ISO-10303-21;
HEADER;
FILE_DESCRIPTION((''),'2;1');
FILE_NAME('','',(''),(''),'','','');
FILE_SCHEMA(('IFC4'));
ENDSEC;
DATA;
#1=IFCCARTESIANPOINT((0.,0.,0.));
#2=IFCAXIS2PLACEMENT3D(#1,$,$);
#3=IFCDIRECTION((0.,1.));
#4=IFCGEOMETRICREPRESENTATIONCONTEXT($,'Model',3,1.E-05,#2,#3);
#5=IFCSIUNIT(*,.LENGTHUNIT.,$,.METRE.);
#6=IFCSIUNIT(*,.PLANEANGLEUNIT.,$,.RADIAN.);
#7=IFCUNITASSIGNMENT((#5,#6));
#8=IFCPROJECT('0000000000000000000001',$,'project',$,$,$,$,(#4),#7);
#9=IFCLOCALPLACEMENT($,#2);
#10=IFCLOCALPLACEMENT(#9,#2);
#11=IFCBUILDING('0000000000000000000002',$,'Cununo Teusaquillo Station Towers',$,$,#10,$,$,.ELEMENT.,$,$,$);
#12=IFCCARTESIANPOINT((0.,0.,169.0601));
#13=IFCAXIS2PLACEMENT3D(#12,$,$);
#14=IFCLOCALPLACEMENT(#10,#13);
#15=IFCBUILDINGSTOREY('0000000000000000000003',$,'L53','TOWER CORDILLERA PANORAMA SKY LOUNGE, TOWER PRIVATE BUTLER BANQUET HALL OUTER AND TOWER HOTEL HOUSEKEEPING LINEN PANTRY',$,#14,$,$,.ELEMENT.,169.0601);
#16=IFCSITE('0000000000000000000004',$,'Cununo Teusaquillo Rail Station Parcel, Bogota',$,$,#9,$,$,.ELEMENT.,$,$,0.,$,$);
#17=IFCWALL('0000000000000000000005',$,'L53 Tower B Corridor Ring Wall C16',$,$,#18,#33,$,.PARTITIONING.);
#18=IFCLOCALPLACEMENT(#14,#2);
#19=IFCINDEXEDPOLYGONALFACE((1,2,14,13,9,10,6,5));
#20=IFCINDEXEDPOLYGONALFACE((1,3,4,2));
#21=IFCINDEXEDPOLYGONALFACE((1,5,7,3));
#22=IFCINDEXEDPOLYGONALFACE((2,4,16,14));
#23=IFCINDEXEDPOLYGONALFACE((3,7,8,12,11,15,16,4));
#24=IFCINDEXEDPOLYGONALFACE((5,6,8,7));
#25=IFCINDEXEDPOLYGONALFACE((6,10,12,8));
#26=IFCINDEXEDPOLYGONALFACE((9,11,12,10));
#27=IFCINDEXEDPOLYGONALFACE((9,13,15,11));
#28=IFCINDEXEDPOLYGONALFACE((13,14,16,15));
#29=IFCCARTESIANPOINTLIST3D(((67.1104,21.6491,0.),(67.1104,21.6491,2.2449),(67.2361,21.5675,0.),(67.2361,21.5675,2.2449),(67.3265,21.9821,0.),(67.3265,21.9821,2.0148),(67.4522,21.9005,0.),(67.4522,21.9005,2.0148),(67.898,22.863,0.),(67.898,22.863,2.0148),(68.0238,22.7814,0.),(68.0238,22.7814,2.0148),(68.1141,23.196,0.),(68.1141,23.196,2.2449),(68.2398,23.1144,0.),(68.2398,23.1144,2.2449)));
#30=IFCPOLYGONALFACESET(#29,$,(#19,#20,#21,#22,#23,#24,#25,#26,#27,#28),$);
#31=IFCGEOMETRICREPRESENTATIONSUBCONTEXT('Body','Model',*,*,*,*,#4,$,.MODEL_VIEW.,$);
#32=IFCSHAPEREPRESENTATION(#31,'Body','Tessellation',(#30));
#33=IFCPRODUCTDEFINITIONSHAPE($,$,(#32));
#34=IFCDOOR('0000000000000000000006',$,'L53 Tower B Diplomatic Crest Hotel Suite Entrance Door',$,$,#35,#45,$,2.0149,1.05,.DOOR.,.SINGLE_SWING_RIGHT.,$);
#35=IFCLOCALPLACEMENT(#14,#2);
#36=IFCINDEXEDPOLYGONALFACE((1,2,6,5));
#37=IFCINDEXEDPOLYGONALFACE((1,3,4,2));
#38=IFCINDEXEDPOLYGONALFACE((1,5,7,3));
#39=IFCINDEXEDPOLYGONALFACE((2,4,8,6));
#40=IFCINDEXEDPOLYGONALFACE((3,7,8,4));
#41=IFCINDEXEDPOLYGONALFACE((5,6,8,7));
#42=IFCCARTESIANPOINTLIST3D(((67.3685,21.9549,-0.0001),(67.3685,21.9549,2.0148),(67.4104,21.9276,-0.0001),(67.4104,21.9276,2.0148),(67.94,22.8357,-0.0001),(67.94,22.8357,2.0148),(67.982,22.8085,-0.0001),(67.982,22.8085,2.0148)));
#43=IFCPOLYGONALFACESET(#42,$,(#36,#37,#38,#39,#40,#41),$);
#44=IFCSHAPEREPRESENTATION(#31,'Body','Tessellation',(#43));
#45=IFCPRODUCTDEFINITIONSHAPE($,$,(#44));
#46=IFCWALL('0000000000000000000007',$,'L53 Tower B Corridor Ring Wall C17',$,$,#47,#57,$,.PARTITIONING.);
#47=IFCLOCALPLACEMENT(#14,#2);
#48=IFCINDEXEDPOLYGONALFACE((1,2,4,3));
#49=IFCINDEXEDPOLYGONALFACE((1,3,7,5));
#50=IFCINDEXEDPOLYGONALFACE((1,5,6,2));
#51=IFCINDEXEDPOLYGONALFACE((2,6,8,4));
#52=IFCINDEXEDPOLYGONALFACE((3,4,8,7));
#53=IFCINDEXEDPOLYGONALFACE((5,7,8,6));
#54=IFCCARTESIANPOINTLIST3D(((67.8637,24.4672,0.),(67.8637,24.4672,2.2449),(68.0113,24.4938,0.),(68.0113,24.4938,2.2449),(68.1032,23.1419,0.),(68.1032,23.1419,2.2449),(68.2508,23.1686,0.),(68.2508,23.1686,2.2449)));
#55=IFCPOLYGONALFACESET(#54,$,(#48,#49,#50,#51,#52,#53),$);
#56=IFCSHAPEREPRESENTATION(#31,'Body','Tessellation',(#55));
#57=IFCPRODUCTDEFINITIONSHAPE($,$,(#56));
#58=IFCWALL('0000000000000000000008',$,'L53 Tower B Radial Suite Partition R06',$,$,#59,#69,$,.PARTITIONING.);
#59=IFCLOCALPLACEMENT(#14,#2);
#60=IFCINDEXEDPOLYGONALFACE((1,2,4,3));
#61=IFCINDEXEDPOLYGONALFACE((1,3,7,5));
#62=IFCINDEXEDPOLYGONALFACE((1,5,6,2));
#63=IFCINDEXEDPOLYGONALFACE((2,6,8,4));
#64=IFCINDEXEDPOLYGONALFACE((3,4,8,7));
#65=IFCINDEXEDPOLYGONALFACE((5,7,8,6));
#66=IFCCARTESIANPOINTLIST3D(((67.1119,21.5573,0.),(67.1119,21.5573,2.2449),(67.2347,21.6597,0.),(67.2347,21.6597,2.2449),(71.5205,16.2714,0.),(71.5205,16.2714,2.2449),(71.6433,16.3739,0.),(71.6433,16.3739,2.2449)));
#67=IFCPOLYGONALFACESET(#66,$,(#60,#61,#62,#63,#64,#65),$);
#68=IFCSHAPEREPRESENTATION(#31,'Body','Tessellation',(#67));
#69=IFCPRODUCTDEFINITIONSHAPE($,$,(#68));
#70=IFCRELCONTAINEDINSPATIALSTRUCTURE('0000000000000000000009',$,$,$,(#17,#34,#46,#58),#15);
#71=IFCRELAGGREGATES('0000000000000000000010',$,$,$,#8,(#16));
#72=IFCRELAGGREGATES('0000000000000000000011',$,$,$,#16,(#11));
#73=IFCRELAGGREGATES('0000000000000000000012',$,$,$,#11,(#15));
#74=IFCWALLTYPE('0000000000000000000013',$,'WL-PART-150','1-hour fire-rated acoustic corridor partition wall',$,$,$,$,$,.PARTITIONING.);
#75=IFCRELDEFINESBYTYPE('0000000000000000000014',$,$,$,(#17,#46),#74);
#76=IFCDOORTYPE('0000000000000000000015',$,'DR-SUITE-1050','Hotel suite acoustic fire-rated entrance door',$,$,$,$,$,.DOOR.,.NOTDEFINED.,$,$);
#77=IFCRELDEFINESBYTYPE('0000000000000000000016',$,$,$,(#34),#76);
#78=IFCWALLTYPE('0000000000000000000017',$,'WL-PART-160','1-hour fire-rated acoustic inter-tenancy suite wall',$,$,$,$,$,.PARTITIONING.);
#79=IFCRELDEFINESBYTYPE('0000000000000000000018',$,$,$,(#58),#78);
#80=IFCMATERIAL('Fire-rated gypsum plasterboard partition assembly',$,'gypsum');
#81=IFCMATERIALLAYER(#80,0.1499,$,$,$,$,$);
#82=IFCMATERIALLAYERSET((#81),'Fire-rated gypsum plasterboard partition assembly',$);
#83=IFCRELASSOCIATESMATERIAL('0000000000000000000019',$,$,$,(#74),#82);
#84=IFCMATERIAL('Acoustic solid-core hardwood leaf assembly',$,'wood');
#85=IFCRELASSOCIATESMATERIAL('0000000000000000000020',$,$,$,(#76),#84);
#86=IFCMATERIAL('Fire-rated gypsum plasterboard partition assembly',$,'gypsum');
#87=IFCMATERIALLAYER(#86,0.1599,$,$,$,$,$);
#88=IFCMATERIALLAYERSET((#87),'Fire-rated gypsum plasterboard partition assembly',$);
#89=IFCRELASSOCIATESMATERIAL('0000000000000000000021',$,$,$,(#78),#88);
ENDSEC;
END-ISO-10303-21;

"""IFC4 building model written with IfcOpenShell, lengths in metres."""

from ifc_helpers import new_model, si_unit, direction, frame, frame_2d, origin, place, context, subcontext, project, spatial, rectangle, extrude, source, transform, mapped, material, layer, layer_set, type_object, element, fill, save


model = new_model("IFC4")

# Units and contexts
model_context = context("Model", 3, precision=1e-05, world=origin(), true_north=direction((0.0, 1.0)))
body_context = subcontext(model_context, "Body", "Model", "MODEL_VIEW")
ifc_project = project(units=[si_unit("LENGTHUNIT", "METRE"), si_unit("PLANEANGLEUNIT", "RADIAN")], contexts=[model_context])

# Site, building, storey
site_placement = place(None, origin())
site = spatial("IfcSite", under=ifc_project, at=site_placement, Name="Cununo Teusaquillo Rail Station Parcel, Bogota", CompositionType="ELEMENT", RefElevation=0.0)
building_placement = place(site_placement, origin())
building = spatial("IfcBuilding", under=site, at=building_placement, Name="Cununo Teusaquillo Station Towers", CompositionType="ELEMENT")
storey_placement = place(building_placement, frame((0.0, 0.0, 169.0601)))
storey = spatial("IfcBuildingStorey", under=building, at=storey_placement, Name="L53", Description="TOWER CORDILLERA PANORAMA SKY LOUNGE, TOWER PRIVATE BUTLER BANQUET HALL OUTER AND TOWER HOTEL HOUSEKEEPING LINEN PANTRY", CompositionType="ELEMENT", Elevation=169.0601)

# Wall, opening, door
ifc_material_1 = material(Name="Fire-rated gypsum plasterboard partition assembly", Category="gypsum")
ifc_layer_1 = layer(ifc_material_1, 0.1499)
ifc_layer_set_1 = layer_set([ifc_layer_1], Name="Fire-rated gypsum plasterboard partition assembly")
wall_type_1 = type_object("IfcWallType", Name="WL-PART-150", Description="1-hour fire-rated acoustic corridor partition wall", PredefinedType="PARTITIONING", material=ifc_layer_set_1)
wall_1_placement = place(storey_placement, frame((67.1733, 21.6084, 0.0), z_axis=(0.0, 0.0, 1.0), x_axis=(0.544299, 0.838891, 0.0)))
wall_1 = element("IfcWall", 1, at=wall_1_placement, inside=storey, type_object=wall_type_1, Name="L53 Tower B Corridor Ring Wall C16", PredefinedType="PARTITIONING", context=body_context, shape_type="SweptSolid", body=[
    extrude(rectangle(XDim=1.844, YDim=0.1499, at=frame_2d((0.9219, 0.0))), origin(), (0.0, 0.0, 1.0), 2.2449),
])
shared_shape_1 = source(origin(), body_context, "Body", "SweptSolid", [
    extrude(rectangle(XDim=1.05, YDim=2.0149, at=frame_2d((0.5249, 1.0073))), frame((0.0, 0.085, 0.0), z_axis=(0.0, -1.0, 0.0), x_axis=(1.0, 0.0, 0.0)), (0.0, 0.0, 1.0), 0.1699),
])
opening_1_placement = place(wall_1_placement, frame((0.397, 0.0, 0.0)))
opening_1 = element("IfcOpeningElement", 2, at=opening_1_placement, cuts=wall_1, PredefinedType="OPENING", context=body_context, shape_type="MappedRepresentation", body=[
    mapped(shared_shape_1, transform((0.0, 0.0, 0.0), x_axis=(1.0, 0.0, 0.0), y_axis=(0.0, 1.0, 0.0), z_axis=(0.0, 0.0, 1.0), scale=1.0)),
])
ifc_material_2 = material(Name="Acoustic solid-core hardwood leaf assembly", Category="wood")
door_type_1 = type_object("IfcDoorType", Name="DR-SUITE-1050", Description="Hotel suite acoustic fire-rated entrance door", OperationType="NOTDEFINED", PredefinedType="DOOR", material=ifc_material_2)
shared_shape_2 = source(origin(), body_context, "Body", "SweptSolid", [
    extrude(rectangle(XDim=1.05, YDim=2.0149, at=frame_2d((0.5249, 1.0073))), frame((0.0, 0.0249, 0.0), z_axis=(0.0, -1.0, 0.0), x_axis=(1.0, 0.0, 0.0)), (0.0, 0.0, 1.0), 0.05),
])
door_1_placement = place(opening_1_placement, origin())
door_1 = element("IfcDoor", 3, at=door_1_placement, inside=storey, type_object=door_type_1, Name="L53 Tower B Diplomatic Crest Hotel Suite Entrance Door", OperationType="SINGLE_SWING_RIGHT", OverallHeight=2.0149, OverallWidth=1.05, PredefinedType="DOOR", context=body_context, shape_type="MappedRepresentation", body=[
    mapped(shared_shape_2, transform((0.0, 0.0, 0.0), x_axis=(1.0, 0.0, 0.0), y_axis=(0.0, 1.0, 0.0), z_axis=(0.0, 0.0, 1.0), scale=1.0)),
])
fill(opening_1, door_1)

# Walls
wall_2_placement = place(storey_placement, frame((68.177, 23.1553, 0.0), z_axis=(0.0, 0.0, 1.0), x_axis=(-0.177848, 0.984058, 0.0)))
element("IfcWall", 4, at=wall_2_placement, inside=storey, type_object=wall_type_1, Name="L53 Tower B Corridor Ring Wall C17", PredefinedType="PARTITIONING", context=body_context, shape_type="SweptSolid", body=[
    extrude(rectangle(XDim=1.3467, YDim=0.1499, at=frame_2d((0.6733, 0.0))), origin(), (0.0, 0.0, 1.0), 2.2449),
])
ifc_material_3 = material(Name="Fire-rated gypsum plasterboard partition assembly", Category="gypsum")
ifc_layer_2 = layer(ifc_material_3, 0.1599)
ifc_layer_set_2 = layer_set([ifc_layer_2], Name="Fire-rated gypsum plasterboard partition assembly")
wall_type_2 = type_object("IfcWallType", Name="WL-PART-160", Description="1-hour fire-rated acoustic inter-tenancy suite wall", PredefinedType="PARTITIONING", material=ifc_layer_set_2)
wall_3_placement = place(storey_placement, frame((67.1733, 21.6084, 0.0), z_axis=(0.0, 0.0, 1.0), x_axis=(0.640509, -0.767951, 0.0)))
element("IfcWall", 5, at=wall_3_placement, inside=storey, type_object=wall_type_2, Name="L53 Tower B Radial Suite Partition R06", PredefinedType="PARTITIONING", context=body_context, shape_type="SweptSolid", body=[
    extrude(rectangle(XDim=6.8831, YDim=0.1599, at=frame_2d((3.4414, 0.0))), origin(), (0.0, 0.0, 1.0), 2.2449),
])

save(model, "model.ifc")
